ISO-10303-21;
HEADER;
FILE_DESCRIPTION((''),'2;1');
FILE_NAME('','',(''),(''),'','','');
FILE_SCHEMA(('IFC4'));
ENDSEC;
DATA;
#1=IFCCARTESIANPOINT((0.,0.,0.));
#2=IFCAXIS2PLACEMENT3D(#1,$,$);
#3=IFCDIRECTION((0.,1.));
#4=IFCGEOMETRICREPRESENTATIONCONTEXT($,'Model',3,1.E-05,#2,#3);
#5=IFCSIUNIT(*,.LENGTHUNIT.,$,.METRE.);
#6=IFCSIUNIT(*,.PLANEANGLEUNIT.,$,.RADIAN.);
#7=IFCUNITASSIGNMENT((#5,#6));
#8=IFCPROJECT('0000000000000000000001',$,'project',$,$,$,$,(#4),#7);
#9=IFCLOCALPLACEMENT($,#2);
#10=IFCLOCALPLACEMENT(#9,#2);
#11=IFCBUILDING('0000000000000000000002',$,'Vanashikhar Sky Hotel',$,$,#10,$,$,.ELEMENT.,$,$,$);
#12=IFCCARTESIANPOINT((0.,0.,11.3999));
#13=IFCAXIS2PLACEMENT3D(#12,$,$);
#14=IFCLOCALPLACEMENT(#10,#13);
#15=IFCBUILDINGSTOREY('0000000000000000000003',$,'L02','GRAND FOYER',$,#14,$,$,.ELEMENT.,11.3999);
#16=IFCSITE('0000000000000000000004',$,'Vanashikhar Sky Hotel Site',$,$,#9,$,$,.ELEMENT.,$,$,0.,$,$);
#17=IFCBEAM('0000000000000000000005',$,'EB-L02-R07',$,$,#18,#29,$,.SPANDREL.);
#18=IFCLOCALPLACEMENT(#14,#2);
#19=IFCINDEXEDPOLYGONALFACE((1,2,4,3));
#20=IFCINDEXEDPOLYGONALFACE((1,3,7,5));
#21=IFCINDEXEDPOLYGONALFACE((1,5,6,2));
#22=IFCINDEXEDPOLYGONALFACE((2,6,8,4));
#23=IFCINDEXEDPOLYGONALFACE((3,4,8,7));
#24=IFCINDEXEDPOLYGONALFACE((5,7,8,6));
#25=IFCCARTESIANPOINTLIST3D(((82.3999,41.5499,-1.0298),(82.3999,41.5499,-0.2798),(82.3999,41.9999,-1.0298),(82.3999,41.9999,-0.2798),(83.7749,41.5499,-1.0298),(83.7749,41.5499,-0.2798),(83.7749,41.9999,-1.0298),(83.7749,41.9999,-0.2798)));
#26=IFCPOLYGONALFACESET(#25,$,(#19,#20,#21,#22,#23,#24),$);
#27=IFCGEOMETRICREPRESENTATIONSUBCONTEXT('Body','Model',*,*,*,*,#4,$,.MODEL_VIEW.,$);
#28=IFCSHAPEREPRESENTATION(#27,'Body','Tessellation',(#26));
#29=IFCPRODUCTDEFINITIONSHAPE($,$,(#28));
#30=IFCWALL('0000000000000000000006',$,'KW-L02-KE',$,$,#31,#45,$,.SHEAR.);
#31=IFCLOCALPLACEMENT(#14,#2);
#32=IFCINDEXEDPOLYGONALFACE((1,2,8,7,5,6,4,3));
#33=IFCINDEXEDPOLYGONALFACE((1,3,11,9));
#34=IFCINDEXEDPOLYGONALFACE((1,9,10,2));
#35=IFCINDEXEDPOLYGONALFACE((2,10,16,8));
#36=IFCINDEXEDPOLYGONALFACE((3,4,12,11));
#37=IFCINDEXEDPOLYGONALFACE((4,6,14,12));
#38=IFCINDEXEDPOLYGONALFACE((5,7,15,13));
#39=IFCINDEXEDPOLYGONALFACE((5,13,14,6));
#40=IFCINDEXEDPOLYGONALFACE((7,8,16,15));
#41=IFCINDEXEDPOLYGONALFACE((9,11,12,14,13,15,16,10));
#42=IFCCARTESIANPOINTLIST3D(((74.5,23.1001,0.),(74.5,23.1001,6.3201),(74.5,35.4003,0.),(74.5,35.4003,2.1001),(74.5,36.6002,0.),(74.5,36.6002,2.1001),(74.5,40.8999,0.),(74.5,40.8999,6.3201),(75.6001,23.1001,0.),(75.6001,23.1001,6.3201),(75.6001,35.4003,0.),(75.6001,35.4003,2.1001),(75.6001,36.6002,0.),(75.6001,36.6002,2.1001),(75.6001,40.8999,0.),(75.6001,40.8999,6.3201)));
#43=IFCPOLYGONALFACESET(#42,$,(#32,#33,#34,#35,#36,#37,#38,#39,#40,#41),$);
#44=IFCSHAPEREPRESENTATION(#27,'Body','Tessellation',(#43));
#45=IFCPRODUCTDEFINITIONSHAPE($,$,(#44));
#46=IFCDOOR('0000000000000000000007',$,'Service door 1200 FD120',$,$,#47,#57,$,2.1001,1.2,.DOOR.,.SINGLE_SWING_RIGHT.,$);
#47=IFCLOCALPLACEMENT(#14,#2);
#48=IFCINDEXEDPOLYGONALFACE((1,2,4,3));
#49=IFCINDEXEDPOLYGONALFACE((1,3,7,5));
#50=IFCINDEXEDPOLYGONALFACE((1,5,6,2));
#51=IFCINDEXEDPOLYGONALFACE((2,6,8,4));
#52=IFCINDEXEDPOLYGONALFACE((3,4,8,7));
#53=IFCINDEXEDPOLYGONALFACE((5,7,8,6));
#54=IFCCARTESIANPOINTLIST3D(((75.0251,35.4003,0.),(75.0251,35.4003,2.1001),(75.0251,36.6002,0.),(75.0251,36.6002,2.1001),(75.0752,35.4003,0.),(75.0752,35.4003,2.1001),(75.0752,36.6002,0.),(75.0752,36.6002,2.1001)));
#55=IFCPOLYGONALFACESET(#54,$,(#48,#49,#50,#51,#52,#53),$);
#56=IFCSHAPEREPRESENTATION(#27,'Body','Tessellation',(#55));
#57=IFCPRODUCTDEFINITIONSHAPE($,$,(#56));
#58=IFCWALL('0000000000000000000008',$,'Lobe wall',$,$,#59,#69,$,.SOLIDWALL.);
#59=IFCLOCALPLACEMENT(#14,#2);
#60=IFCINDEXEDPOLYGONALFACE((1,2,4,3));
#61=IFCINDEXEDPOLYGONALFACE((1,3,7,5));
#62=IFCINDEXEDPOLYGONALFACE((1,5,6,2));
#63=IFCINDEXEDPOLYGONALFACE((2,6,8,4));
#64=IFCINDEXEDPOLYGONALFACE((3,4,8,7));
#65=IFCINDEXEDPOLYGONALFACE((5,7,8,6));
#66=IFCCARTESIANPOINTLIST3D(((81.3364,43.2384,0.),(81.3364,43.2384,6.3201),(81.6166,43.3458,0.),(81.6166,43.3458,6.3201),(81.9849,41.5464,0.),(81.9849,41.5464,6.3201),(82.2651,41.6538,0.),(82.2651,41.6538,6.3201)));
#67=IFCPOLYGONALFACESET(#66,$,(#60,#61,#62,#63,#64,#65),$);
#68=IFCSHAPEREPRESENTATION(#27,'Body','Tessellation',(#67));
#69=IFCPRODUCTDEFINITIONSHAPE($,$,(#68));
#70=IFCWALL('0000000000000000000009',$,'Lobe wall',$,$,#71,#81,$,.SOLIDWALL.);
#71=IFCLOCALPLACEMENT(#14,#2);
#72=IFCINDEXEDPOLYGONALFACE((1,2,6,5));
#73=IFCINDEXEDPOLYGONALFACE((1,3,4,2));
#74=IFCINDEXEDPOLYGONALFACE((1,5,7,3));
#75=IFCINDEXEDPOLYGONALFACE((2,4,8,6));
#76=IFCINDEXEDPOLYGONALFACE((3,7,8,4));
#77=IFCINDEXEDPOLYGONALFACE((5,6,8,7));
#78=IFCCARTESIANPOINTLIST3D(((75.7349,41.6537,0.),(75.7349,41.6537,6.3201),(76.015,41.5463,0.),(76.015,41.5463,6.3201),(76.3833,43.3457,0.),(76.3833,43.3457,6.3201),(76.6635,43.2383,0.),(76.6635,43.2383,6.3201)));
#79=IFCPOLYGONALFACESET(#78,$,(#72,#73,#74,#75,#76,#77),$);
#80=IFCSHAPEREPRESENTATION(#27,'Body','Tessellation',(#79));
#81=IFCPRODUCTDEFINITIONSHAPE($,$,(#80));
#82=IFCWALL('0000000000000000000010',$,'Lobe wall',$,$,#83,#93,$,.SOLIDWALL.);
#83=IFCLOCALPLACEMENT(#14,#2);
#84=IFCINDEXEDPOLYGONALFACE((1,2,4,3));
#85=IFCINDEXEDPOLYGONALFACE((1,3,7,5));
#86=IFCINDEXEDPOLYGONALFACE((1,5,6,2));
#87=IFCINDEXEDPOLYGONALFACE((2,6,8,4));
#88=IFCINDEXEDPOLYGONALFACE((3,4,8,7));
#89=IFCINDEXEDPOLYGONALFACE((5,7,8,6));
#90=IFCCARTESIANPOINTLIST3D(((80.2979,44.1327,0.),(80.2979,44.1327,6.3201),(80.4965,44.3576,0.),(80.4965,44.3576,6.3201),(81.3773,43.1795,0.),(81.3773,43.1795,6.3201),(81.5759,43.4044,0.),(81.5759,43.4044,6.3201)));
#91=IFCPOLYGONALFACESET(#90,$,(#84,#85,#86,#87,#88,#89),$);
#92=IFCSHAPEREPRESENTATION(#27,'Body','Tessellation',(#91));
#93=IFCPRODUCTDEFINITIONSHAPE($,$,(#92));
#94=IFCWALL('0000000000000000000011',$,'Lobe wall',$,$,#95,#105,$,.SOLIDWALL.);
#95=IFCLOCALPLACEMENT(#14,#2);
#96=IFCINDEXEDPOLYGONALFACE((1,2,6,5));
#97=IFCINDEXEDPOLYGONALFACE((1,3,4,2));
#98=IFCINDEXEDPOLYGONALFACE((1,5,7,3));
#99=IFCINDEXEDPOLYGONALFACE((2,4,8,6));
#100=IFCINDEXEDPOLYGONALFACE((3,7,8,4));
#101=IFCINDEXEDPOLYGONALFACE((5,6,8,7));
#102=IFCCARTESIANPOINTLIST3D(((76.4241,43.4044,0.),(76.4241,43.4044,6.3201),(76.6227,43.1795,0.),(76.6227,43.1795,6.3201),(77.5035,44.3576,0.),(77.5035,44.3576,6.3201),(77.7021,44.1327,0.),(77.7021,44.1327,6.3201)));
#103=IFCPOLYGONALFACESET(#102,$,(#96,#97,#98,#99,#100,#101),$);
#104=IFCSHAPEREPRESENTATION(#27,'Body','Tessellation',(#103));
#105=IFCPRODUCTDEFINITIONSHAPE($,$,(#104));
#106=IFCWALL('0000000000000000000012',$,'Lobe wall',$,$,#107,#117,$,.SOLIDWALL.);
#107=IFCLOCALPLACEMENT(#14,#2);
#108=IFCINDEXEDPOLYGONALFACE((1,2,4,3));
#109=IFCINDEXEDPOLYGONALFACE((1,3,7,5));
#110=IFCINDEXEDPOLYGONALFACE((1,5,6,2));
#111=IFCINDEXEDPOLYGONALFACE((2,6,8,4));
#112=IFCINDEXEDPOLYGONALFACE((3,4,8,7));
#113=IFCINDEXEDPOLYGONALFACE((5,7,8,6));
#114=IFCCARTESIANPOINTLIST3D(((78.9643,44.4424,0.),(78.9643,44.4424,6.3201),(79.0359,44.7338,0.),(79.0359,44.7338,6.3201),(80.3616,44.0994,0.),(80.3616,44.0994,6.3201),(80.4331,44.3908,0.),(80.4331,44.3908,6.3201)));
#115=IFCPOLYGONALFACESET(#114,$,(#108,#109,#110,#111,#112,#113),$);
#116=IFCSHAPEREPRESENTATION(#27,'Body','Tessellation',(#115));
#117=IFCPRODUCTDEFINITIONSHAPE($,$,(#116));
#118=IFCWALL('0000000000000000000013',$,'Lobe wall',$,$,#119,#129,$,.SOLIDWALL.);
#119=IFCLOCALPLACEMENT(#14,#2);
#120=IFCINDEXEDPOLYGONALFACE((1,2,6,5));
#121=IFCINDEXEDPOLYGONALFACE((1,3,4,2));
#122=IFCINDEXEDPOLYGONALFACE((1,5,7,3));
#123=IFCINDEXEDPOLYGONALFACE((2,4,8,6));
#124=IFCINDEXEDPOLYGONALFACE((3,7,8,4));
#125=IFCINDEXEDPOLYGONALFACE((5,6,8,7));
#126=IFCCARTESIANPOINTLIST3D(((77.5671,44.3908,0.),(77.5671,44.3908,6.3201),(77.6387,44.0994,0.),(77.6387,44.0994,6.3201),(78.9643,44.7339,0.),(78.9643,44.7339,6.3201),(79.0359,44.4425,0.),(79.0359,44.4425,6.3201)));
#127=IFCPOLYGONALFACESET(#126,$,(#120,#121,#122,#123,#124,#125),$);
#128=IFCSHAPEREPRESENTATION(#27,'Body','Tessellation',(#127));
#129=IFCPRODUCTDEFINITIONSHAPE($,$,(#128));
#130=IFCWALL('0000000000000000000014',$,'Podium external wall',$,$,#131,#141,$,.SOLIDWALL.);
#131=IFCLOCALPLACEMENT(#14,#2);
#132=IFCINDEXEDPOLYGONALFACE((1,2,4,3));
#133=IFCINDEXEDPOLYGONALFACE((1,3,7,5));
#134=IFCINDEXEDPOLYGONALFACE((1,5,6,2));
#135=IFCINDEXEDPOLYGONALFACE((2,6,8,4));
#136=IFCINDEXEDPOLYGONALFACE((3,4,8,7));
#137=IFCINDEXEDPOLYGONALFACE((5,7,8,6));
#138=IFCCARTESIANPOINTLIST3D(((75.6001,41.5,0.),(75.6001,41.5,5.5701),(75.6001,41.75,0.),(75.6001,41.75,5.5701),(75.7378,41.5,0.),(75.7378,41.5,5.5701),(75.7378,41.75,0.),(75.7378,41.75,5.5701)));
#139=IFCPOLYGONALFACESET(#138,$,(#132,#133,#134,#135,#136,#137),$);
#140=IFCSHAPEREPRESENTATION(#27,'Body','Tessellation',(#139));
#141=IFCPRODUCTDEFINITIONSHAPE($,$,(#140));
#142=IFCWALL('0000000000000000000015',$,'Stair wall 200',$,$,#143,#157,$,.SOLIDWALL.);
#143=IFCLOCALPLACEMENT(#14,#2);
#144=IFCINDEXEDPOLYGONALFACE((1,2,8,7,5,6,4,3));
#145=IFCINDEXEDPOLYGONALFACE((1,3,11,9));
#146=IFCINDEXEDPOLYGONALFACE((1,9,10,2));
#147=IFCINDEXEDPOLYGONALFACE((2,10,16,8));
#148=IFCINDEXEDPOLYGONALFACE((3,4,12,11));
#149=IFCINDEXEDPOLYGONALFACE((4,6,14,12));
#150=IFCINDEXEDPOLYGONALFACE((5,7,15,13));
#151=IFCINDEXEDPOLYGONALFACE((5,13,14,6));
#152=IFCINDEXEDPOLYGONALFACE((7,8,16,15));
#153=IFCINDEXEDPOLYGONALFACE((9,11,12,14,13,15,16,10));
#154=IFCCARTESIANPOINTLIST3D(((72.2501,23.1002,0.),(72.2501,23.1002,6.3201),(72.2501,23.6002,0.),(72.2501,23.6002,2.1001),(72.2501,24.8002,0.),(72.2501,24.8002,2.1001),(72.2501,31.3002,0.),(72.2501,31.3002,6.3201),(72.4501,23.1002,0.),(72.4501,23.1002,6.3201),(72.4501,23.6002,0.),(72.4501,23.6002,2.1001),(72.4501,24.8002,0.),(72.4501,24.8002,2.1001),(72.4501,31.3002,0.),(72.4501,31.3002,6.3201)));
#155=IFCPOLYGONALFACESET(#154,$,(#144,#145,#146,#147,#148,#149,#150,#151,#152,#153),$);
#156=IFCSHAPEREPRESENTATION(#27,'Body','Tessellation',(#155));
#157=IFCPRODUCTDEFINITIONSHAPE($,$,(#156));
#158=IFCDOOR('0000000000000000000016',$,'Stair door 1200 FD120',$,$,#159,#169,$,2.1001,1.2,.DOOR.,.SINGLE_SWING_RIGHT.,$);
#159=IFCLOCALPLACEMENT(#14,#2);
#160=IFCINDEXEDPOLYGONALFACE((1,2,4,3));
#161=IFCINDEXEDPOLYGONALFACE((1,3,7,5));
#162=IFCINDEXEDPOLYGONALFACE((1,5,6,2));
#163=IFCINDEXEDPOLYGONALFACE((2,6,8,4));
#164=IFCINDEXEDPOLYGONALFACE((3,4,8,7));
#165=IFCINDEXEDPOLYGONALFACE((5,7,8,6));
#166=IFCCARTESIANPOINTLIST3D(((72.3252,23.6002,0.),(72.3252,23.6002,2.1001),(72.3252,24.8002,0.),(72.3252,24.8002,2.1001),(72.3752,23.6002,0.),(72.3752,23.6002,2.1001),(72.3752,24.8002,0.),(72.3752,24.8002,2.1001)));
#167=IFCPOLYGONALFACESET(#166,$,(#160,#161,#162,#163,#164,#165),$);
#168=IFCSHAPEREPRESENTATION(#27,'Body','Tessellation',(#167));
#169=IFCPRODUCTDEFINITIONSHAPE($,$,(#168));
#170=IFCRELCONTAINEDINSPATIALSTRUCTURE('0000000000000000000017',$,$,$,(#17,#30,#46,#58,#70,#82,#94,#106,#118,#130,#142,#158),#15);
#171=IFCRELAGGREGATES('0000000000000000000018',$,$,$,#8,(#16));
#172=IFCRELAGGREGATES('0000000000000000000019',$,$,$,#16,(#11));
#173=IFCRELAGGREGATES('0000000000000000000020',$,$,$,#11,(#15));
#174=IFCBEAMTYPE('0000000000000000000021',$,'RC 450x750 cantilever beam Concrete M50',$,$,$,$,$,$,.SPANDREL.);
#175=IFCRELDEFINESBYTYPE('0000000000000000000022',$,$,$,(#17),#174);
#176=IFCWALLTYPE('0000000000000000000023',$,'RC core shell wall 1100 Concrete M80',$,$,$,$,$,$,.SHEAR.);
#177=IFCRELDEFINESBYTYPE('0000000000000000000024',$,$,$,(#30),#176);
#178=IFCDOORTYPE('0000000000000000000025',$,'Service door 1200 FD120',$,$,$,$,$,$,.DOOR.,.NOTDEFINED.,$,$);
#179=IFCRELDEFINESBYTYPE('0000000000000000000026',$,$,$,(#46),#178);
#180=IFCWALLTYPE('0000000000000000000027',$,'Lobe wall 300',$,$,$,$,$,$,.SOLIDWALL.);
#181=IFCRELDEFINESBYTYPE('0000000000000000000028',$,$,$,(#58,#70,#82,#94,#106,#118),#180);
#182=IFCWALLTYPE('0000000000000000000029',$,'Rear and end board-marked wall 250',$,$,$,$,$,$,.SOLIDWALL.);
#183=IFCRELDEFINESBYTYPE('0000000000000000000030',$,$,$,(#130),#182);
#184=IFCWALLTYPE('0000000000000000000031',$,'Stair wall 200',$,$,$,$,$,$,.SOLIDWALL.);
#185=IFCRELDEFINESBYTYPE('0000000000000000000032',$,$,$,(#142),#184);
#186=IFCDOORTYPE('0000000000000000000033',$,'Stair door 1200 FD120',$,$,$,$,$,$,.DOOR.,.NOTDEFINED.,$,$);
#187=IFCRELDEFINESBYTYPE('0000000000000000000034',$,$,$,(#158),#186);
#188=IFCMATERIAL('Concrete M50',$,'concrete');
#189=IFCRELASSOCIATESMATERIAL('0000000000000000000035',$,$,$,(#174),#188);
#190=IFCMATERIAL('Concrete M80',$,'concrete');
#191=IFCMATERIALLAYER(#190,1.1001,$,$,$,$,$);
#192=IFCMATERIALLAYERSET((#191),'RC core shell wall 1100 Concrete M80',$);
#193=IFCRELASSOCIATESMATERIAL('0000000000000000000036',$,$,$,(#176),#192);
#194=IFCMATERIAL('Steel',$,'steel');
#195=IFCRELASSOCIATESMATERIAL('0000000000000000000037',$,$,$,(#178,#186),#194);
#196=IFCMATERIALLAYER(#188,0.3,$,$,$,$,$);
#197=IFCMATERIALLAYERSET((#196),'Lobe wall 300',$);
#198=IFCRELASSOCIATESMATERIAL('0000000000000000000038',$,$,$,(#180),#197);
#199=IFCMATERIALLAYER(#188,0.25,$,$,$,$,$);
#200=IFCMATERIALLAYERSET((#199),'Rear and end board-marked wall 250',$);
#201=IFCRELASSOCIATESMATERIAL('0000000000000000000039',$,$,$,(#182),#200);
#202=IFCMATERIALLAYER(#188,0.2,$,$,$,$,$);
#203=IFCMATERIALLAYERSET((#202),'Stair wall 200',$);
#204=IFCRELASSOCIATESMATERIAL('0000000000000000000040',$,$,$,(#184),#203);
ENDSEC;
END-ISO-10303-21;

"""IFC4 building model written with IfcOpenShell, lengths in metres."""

from ifc_helpers import new_model, si_unit, direction, frame, frame_2d, origin, origin_2d, place, context, subcontext, project, spatial, rectangle, extrude, source, transform, mapped, material, layer, layer_set, material_profile, profile_set, type_object, element, fill, save


model = new_model("IFC4")

# Units and contexts
model_context = context("Model", 3, precision=1e-05, world=origin(), true_north=direction((0.0, 1.0)))
body_context = subcontext(model_context, "Body", "Model", "MODEL_VIEW")
ifc_project = project(units=[si_unit("LENGTHUNIT", "METRE"), si_unit("PLANEANGLEUNIT", "RADIAN")], contexts=[model_context])

# Site, building, storey
site_placement = place(None, origin())
site = spatial("IfcSite", under=ifc_project, at=site_placement, Name="Vanashikhar Sky Hotel Site", CompositionType="ELEMENT", RefElevation=0.0)
building_placement = place(site_placement, origin())
building = spatial("IfcBuilding", under=site, at=building_placement, Name="Vanashikhar Sky Hotel", CompositionType="ELEMENT")
storey_placement = place(building_placement, frame((0.0, 0.0, 11.3999)))
storey = spatial("IfcBuildingStorey", under=building, at=storey_placement, Name="L02", Description="GRAND FOYER", CompositionType="ELEMENT", Elevation=11.3999)

# Beam
ifc_material_1 = material(Name="Concrete M50", Category="concrete")
ifc_material_profile = material_profile(ifc_material_1, rectangle(XDim=0.45, YDim=0.75, at=origin_2d()))
ifc_profile_set = profile_set([ifc_material_profile], Name="RC 450x750 cantilever beam Concrete M50")
beam_type = type_object("IfcBeamType", Name="RC 450x750 cantilever beam Concrete M50", PredefinedType="SPANDREL", material=ifc_profile_set)
shared_shape_1 = source(origin(), body_context, "Body", "SweptSolid", [
    extrude(rectangle(XDim=0.45, YDim=0.75, at=origin_2d()), origin(), (0.0, 0.0, 1.0), 1.375),
])
beam_placement = place(storey_placement, frame((82.3999, 41.7749, -0.6548), z_axis=(1.0, 0.0, 0.0), x_axis=(0.0, 1.0, 0.0)))
element("IfcBeam", 1, at=beam_placement, inside=storey, type_object=beam_type, Name="EB-L02-R07", PredefinedType="SPANDREL", context=body_context, shape_type="MappedRepresentation", body=[
    mapped(shared_shape_1, transform((0.0, 0.0, 0.0), scale=1.0)),
])

# Wall, opening, door
ifc_material_2 = material(Name="Concrete M80", Category="concrete")
ifc_layer_1 = layer(ifc_material_2, 1.1001)
ifc_layer_set_1 = layer_set([ifc_layer_1], Name="RC core shell wall 1100 Concrete M80")
wall_type_1 = type_object("IfcWallType", Name="RC core shell wall 1100 Concrete M80", PredefinedType="SHEAR", material=ifc_layer_set_1)
shared_shape_2 = source(origin(), body_context, "Body", "SweptSolid", [
    extrude(rectangle(XDim=17.7998, YDim=1.1001, at=frame_2d((8.8999, 0.0))), origin(), (0.0, 0.0, 1.0), 6.3201),
])
wall_1_placement = place(storey_placement, frame((75.05, 23.1001, 0.0), z_axis=(0.0, 0.0, 1.0), x_axis=(0.0, 1.0, 0.0)))
wall_1 = element("IfcWall", 2, at=wall_1_placement, inside=storey, type_object=wall_type_1, Name="KW-L02-KE", PredefinedType="SHEAR", context=body_context, shape_type="MappedRepresentation", body=[
    mapped(shared_shape_2, transform((0.0, 0.0, 0.0), scale=1.0)),
])
shared_shape_3 = source(origin(), body_context, "Body", "SweptSolid", [
    extrude(rectangle(XDim=1.2, YDim=2.1001, at=frame_2d((0.6001, 1.05))), frame((0.0, 0.5601, 0.0), z_axis=(0.0, -1.0, 0.0), x_axis=(1.0, 0.0, 0.0)), (0.0, 0.0, 1.0), 1.1201),
])
opening_1_placement = place(wall_1_placement, frame((12.3, 0.0, 0.0)))
opening_1 = element("IfcOpeningElement", 3, at=opening_1_placement, cuts=wall_1, PredefinedType="OPENING", context=body_context, shape_type="MappedRepresentation", body=[
    mapped(shared_shape_3, transform((0.0, 0.0, 0.0), scale=1.0)),
])
ifc_material_3 = material(Name="Steel", Category="steel")
door_type_1 = type_object("IfcDoorType", Name="Service door 1200 FD120", OperationType="NOTDEFINED", PredefinedType="DOOR", material=ifc_material_3)
shared_shape_4 = source(origin(), body_context, "Body", "SweptSolid", [
    extrude(rectangle(XDim=1.2, YDim=2.1001, at=frame_2d((0.6001, 1.05))), frame((0.0, 0.0249, 0.0), z_axis=(0.0, -1.0, 0.0), x_axis=(1.0, 0.0, 0.0)), (0.0, 0.0, 1.0), 0.05),
])
door_1_placement = place(opening_1_placement, origin())
door_1 = element("IfcDoor", 4, at=door_1_placement, inside=storey, type_object=door_type_1, Name="Service door 1200 FD120", OperationType="SINGLE_SWING_RIGHT", OverallHeight=2.1001, OverallWidth=1.2, PredefinedType="DOOR", context=body_context, shape_type="MappedRepresentation", body=[
    mapped(shared_shape_4, transform((0.0, 0.0, 0.0), scale=1.0)),
])
fill(opening_1, door_1)

# Walls
ifc_layer_2 = layer(ifc_material_1, 0.3)
ifc_layer_set_2 = layer_set([ifc_layer_2], Name="Lobe wall 300")
wall_type_2 = type_object("IfcWallType", Name="Lobe wall 300", PredefinedType="SOLIDWALL", material=ifc_layer_set_2)
shared_shape_5 = source(origin(), body_context, "Body", "SweptSolid", [
    extrude(rectangle(XDim=1.812, YDim=0.3, at=frame_2d((0.906, 0.0))), origin(), (0.0, 0.0, 1.0), 6.3201),
])
for number, where, z_axis, x_axis, name in (
    (5, (82.125, 41.6001, 0.0), (0.0, 0.0, 1.0), (-0.357877, 0.933769, 0.0), "Lobe wall"),
    (6, (76.5234, 43.292, 0.0), (0.0, 0.0, 1.0), (-0.357877, -0.933769, 0.0), "Lobe wall"),
):
    element("IfcWall", number, at=place(storey_placement, frame(where, z_axis=z_axis, x_axis=x_axis)), inside=storey, type_object=wall_type_2, Name=name, PredefinedType="SOLIDWALL", context=body_context, shape_type="MappedRepresentation", body=[
        mapped(shared_shape_5, transform((0.0, 0.0, 0.0), scale=1.0)),
    ])
shared_shape_6 = source(origin(), body_context, "Body", "SweptSolid", [
    extrude(rectangle(XDim=1.4399, YDim=0.3, at=frame_2d((0.72, 0.0))), origin(), (0.0, 0.0, 1.0), 6.3201),
])
for number, where, z_axis, x_axis, name in (
    (7, (81.4766, 43.292, 0.0), (0.0, 0.0, 1.0), (-0.749576, 0.661919, 0.0), "Lobe wall"),
    (8, (77.6028, 44.2451, 0.0), (0.0, 0.0, 1.0), (-0.749576, -0.661919, 0.0), "Lobe wall"),
):
    element("IfcWall", number, at=place(storey_placement, frame(where, z_axis=z_axis, x_axis=x_axis)), inside=storey, type_object=wall_type_2, Name=name, PredefinedType="SOLIDWALL", context=body_context, shape_type="MappedRepresentation", body=[
        mapped(shared_shape_6, transform((0.0, 0.0, 0.0), scale=1.0)),
    ])
shared_shape_7 = source(origin(), body_context, "Body", "SweptSolid", [
    extrude(rectangle(XDim=1.4387, YDim=0.3, at=frame_2d((0.7192, 0.0))), origin(), (0.0, 0.0, 1.0), 6.3201),
])
for number, where, z_axis, x_axis, name in (
    (9, (80.3972, 44.2451, 0.0), (0.0, 0.0, 1.0), (-0.971162, 0.238421, 0.0), "Lobe wall"),
    (10, (79.0, 44.5881, 0.0), (0.0, 0.0, 1.0), (-0.971162, -0.238421, 0.0), "Lobe wall"),
):
    element("IfcWall", number, at=place(storey_placement, frame(where, z_axis=z_axis, x_axis=x_axis)), inside=storey, type_object=wall_type_2, Name=name, PredefinedType="SOLIDWALL", context=body_context, shape_type="MappedRepresentation", body=[
        mapped(shared_shape_7, transform((0.0, 0.0, 0.0), scale=1.0)),
    ])
ifc_layer_3 = layer(ifc_material_1, 0.25)
ifc_layer_set_3 = layer_set([ifc_layer_3], Name="Rear and end board-marked wall 250")
wall_type_3 = type_object("IfcWallType", Name="Rear and end board-marked wall 250", PredefinedType="SOLIDWALL", material=ifc_layer_set_3)
shared_shape_8 = source(origin(), body_context, "Body", "SweptSolid", [
    extrude(rectangle(XDim=0.1377, YDim=0.25, at=frame_2d((0.0688, 0.0))), origin(), (0.0, 0.0, 1.0), 5.5701),
])
wall_2_placement = place(storey_placement, frame((75.7378, 41.625, 0.0), z_axis=(0.0, 0.0, 1.0), x_axis=(-1.0, 0.0, 0.0)))
element("IfcWall", 11, at=wall_2_placement, inside=storey, type_object=wall_type_3, Name="Podium external wall", PredefinedType="SOLIDWALL", context=body_context, shape_type="MappedRepresentation", body=[
    mapped(shared_shape_8, transform((0.0, 0.0, 0.0), scale=1.0)),
])

# Wall, opening, door
ifc_layer_4 = layer(ifc_material_1, 0.2)
ifc_layer_set_4 = layer_set([ifc_layer_4], Name="Stair wall 200")
wall_type_4 = type_object("IfcWallType", Name="Stair wall 200", PredefinedType="SOLIDWALL", material=ifc_layer_set_4)
shared_shape_9 = source(origin(), body_context, "Body", "SweptSolid", [
    extrude(rectangle(XDim=8.2, YDim=0.2, at=frame_2d((4.1001, 0.0))), origin(), (0.0, 0.0, 1.0), 6.3201),
])
wall_3_placement = place(storey_placement, frame((72.3501, 23.1001, 0.0), z_axis=(0.0, 0.0, 1.0), x_axis=(0.0, 1.0, 0.0)))
wall_3 = element("IfcWall", 12, at=wall_3_placement, inside=storey, type_object=wall_type_4, Name="Stair wall 200", PredefinedType="SOLIDWALL", context=body_context, shape_type="MappedRepresentation", body=[
    mapped(shared_shape_9, transform((0.0, 0.0, 0.0), scale=1.0)),
])
shared_shape_10 = source(origin(), body_context, "Body", "SweptSolid", [
    extrude(rectangle(XDim=1.2, YDim=2.1001, at=frame_2d((0.6001, 1.05))), frame((0.0, 0.1099, 0.0), z_axis=(0.0, -1.0, 0.0), x_axis=(1.0, 0.0, 0.0)), (0.0, 0.0, 1.0), 0.22),
])
opening_2_placement = place(wall_3_placement, frame((0.5, 0.0, 0.0)))
opening_2 = element("IfcOpeningElement", 13, at=opening_2_placement, cuts=wall_3, PredefinedType="OPENING", context=body_context, shape_type="MappedRepresentation", body=[
    mapped(shared_shape_10, transform((0.0, 0.0, 0.0), scale=1.0)),
])
door_type_2 = type_object("IfcDoorType", Name="Stair door 1200 FD120", OperationType="NOTDEFINED", PredefinedType="DOOR", material=ifc_material_3)
door_2_placement = place(opening_2_placement, origin())
door_2 = element("IfcDoor", 14, at=door_2_placement, inside=storey, type_object=door_type_2, Name="Stair door 1200 FD120", OperationType="SINGLE_SWING_RIGHT", OverallHeight=2.1001, OverallWidth=1.2, PredefinedType="DOOR", context=body_context, shape_type="MappedRepresentation", body=[
    mapped(shared_shape_4, transform((0.0, 0.0, 0.0), scale=1.0)),
])
fill(opening_2, door_2)

save(model, "model.ifc")
